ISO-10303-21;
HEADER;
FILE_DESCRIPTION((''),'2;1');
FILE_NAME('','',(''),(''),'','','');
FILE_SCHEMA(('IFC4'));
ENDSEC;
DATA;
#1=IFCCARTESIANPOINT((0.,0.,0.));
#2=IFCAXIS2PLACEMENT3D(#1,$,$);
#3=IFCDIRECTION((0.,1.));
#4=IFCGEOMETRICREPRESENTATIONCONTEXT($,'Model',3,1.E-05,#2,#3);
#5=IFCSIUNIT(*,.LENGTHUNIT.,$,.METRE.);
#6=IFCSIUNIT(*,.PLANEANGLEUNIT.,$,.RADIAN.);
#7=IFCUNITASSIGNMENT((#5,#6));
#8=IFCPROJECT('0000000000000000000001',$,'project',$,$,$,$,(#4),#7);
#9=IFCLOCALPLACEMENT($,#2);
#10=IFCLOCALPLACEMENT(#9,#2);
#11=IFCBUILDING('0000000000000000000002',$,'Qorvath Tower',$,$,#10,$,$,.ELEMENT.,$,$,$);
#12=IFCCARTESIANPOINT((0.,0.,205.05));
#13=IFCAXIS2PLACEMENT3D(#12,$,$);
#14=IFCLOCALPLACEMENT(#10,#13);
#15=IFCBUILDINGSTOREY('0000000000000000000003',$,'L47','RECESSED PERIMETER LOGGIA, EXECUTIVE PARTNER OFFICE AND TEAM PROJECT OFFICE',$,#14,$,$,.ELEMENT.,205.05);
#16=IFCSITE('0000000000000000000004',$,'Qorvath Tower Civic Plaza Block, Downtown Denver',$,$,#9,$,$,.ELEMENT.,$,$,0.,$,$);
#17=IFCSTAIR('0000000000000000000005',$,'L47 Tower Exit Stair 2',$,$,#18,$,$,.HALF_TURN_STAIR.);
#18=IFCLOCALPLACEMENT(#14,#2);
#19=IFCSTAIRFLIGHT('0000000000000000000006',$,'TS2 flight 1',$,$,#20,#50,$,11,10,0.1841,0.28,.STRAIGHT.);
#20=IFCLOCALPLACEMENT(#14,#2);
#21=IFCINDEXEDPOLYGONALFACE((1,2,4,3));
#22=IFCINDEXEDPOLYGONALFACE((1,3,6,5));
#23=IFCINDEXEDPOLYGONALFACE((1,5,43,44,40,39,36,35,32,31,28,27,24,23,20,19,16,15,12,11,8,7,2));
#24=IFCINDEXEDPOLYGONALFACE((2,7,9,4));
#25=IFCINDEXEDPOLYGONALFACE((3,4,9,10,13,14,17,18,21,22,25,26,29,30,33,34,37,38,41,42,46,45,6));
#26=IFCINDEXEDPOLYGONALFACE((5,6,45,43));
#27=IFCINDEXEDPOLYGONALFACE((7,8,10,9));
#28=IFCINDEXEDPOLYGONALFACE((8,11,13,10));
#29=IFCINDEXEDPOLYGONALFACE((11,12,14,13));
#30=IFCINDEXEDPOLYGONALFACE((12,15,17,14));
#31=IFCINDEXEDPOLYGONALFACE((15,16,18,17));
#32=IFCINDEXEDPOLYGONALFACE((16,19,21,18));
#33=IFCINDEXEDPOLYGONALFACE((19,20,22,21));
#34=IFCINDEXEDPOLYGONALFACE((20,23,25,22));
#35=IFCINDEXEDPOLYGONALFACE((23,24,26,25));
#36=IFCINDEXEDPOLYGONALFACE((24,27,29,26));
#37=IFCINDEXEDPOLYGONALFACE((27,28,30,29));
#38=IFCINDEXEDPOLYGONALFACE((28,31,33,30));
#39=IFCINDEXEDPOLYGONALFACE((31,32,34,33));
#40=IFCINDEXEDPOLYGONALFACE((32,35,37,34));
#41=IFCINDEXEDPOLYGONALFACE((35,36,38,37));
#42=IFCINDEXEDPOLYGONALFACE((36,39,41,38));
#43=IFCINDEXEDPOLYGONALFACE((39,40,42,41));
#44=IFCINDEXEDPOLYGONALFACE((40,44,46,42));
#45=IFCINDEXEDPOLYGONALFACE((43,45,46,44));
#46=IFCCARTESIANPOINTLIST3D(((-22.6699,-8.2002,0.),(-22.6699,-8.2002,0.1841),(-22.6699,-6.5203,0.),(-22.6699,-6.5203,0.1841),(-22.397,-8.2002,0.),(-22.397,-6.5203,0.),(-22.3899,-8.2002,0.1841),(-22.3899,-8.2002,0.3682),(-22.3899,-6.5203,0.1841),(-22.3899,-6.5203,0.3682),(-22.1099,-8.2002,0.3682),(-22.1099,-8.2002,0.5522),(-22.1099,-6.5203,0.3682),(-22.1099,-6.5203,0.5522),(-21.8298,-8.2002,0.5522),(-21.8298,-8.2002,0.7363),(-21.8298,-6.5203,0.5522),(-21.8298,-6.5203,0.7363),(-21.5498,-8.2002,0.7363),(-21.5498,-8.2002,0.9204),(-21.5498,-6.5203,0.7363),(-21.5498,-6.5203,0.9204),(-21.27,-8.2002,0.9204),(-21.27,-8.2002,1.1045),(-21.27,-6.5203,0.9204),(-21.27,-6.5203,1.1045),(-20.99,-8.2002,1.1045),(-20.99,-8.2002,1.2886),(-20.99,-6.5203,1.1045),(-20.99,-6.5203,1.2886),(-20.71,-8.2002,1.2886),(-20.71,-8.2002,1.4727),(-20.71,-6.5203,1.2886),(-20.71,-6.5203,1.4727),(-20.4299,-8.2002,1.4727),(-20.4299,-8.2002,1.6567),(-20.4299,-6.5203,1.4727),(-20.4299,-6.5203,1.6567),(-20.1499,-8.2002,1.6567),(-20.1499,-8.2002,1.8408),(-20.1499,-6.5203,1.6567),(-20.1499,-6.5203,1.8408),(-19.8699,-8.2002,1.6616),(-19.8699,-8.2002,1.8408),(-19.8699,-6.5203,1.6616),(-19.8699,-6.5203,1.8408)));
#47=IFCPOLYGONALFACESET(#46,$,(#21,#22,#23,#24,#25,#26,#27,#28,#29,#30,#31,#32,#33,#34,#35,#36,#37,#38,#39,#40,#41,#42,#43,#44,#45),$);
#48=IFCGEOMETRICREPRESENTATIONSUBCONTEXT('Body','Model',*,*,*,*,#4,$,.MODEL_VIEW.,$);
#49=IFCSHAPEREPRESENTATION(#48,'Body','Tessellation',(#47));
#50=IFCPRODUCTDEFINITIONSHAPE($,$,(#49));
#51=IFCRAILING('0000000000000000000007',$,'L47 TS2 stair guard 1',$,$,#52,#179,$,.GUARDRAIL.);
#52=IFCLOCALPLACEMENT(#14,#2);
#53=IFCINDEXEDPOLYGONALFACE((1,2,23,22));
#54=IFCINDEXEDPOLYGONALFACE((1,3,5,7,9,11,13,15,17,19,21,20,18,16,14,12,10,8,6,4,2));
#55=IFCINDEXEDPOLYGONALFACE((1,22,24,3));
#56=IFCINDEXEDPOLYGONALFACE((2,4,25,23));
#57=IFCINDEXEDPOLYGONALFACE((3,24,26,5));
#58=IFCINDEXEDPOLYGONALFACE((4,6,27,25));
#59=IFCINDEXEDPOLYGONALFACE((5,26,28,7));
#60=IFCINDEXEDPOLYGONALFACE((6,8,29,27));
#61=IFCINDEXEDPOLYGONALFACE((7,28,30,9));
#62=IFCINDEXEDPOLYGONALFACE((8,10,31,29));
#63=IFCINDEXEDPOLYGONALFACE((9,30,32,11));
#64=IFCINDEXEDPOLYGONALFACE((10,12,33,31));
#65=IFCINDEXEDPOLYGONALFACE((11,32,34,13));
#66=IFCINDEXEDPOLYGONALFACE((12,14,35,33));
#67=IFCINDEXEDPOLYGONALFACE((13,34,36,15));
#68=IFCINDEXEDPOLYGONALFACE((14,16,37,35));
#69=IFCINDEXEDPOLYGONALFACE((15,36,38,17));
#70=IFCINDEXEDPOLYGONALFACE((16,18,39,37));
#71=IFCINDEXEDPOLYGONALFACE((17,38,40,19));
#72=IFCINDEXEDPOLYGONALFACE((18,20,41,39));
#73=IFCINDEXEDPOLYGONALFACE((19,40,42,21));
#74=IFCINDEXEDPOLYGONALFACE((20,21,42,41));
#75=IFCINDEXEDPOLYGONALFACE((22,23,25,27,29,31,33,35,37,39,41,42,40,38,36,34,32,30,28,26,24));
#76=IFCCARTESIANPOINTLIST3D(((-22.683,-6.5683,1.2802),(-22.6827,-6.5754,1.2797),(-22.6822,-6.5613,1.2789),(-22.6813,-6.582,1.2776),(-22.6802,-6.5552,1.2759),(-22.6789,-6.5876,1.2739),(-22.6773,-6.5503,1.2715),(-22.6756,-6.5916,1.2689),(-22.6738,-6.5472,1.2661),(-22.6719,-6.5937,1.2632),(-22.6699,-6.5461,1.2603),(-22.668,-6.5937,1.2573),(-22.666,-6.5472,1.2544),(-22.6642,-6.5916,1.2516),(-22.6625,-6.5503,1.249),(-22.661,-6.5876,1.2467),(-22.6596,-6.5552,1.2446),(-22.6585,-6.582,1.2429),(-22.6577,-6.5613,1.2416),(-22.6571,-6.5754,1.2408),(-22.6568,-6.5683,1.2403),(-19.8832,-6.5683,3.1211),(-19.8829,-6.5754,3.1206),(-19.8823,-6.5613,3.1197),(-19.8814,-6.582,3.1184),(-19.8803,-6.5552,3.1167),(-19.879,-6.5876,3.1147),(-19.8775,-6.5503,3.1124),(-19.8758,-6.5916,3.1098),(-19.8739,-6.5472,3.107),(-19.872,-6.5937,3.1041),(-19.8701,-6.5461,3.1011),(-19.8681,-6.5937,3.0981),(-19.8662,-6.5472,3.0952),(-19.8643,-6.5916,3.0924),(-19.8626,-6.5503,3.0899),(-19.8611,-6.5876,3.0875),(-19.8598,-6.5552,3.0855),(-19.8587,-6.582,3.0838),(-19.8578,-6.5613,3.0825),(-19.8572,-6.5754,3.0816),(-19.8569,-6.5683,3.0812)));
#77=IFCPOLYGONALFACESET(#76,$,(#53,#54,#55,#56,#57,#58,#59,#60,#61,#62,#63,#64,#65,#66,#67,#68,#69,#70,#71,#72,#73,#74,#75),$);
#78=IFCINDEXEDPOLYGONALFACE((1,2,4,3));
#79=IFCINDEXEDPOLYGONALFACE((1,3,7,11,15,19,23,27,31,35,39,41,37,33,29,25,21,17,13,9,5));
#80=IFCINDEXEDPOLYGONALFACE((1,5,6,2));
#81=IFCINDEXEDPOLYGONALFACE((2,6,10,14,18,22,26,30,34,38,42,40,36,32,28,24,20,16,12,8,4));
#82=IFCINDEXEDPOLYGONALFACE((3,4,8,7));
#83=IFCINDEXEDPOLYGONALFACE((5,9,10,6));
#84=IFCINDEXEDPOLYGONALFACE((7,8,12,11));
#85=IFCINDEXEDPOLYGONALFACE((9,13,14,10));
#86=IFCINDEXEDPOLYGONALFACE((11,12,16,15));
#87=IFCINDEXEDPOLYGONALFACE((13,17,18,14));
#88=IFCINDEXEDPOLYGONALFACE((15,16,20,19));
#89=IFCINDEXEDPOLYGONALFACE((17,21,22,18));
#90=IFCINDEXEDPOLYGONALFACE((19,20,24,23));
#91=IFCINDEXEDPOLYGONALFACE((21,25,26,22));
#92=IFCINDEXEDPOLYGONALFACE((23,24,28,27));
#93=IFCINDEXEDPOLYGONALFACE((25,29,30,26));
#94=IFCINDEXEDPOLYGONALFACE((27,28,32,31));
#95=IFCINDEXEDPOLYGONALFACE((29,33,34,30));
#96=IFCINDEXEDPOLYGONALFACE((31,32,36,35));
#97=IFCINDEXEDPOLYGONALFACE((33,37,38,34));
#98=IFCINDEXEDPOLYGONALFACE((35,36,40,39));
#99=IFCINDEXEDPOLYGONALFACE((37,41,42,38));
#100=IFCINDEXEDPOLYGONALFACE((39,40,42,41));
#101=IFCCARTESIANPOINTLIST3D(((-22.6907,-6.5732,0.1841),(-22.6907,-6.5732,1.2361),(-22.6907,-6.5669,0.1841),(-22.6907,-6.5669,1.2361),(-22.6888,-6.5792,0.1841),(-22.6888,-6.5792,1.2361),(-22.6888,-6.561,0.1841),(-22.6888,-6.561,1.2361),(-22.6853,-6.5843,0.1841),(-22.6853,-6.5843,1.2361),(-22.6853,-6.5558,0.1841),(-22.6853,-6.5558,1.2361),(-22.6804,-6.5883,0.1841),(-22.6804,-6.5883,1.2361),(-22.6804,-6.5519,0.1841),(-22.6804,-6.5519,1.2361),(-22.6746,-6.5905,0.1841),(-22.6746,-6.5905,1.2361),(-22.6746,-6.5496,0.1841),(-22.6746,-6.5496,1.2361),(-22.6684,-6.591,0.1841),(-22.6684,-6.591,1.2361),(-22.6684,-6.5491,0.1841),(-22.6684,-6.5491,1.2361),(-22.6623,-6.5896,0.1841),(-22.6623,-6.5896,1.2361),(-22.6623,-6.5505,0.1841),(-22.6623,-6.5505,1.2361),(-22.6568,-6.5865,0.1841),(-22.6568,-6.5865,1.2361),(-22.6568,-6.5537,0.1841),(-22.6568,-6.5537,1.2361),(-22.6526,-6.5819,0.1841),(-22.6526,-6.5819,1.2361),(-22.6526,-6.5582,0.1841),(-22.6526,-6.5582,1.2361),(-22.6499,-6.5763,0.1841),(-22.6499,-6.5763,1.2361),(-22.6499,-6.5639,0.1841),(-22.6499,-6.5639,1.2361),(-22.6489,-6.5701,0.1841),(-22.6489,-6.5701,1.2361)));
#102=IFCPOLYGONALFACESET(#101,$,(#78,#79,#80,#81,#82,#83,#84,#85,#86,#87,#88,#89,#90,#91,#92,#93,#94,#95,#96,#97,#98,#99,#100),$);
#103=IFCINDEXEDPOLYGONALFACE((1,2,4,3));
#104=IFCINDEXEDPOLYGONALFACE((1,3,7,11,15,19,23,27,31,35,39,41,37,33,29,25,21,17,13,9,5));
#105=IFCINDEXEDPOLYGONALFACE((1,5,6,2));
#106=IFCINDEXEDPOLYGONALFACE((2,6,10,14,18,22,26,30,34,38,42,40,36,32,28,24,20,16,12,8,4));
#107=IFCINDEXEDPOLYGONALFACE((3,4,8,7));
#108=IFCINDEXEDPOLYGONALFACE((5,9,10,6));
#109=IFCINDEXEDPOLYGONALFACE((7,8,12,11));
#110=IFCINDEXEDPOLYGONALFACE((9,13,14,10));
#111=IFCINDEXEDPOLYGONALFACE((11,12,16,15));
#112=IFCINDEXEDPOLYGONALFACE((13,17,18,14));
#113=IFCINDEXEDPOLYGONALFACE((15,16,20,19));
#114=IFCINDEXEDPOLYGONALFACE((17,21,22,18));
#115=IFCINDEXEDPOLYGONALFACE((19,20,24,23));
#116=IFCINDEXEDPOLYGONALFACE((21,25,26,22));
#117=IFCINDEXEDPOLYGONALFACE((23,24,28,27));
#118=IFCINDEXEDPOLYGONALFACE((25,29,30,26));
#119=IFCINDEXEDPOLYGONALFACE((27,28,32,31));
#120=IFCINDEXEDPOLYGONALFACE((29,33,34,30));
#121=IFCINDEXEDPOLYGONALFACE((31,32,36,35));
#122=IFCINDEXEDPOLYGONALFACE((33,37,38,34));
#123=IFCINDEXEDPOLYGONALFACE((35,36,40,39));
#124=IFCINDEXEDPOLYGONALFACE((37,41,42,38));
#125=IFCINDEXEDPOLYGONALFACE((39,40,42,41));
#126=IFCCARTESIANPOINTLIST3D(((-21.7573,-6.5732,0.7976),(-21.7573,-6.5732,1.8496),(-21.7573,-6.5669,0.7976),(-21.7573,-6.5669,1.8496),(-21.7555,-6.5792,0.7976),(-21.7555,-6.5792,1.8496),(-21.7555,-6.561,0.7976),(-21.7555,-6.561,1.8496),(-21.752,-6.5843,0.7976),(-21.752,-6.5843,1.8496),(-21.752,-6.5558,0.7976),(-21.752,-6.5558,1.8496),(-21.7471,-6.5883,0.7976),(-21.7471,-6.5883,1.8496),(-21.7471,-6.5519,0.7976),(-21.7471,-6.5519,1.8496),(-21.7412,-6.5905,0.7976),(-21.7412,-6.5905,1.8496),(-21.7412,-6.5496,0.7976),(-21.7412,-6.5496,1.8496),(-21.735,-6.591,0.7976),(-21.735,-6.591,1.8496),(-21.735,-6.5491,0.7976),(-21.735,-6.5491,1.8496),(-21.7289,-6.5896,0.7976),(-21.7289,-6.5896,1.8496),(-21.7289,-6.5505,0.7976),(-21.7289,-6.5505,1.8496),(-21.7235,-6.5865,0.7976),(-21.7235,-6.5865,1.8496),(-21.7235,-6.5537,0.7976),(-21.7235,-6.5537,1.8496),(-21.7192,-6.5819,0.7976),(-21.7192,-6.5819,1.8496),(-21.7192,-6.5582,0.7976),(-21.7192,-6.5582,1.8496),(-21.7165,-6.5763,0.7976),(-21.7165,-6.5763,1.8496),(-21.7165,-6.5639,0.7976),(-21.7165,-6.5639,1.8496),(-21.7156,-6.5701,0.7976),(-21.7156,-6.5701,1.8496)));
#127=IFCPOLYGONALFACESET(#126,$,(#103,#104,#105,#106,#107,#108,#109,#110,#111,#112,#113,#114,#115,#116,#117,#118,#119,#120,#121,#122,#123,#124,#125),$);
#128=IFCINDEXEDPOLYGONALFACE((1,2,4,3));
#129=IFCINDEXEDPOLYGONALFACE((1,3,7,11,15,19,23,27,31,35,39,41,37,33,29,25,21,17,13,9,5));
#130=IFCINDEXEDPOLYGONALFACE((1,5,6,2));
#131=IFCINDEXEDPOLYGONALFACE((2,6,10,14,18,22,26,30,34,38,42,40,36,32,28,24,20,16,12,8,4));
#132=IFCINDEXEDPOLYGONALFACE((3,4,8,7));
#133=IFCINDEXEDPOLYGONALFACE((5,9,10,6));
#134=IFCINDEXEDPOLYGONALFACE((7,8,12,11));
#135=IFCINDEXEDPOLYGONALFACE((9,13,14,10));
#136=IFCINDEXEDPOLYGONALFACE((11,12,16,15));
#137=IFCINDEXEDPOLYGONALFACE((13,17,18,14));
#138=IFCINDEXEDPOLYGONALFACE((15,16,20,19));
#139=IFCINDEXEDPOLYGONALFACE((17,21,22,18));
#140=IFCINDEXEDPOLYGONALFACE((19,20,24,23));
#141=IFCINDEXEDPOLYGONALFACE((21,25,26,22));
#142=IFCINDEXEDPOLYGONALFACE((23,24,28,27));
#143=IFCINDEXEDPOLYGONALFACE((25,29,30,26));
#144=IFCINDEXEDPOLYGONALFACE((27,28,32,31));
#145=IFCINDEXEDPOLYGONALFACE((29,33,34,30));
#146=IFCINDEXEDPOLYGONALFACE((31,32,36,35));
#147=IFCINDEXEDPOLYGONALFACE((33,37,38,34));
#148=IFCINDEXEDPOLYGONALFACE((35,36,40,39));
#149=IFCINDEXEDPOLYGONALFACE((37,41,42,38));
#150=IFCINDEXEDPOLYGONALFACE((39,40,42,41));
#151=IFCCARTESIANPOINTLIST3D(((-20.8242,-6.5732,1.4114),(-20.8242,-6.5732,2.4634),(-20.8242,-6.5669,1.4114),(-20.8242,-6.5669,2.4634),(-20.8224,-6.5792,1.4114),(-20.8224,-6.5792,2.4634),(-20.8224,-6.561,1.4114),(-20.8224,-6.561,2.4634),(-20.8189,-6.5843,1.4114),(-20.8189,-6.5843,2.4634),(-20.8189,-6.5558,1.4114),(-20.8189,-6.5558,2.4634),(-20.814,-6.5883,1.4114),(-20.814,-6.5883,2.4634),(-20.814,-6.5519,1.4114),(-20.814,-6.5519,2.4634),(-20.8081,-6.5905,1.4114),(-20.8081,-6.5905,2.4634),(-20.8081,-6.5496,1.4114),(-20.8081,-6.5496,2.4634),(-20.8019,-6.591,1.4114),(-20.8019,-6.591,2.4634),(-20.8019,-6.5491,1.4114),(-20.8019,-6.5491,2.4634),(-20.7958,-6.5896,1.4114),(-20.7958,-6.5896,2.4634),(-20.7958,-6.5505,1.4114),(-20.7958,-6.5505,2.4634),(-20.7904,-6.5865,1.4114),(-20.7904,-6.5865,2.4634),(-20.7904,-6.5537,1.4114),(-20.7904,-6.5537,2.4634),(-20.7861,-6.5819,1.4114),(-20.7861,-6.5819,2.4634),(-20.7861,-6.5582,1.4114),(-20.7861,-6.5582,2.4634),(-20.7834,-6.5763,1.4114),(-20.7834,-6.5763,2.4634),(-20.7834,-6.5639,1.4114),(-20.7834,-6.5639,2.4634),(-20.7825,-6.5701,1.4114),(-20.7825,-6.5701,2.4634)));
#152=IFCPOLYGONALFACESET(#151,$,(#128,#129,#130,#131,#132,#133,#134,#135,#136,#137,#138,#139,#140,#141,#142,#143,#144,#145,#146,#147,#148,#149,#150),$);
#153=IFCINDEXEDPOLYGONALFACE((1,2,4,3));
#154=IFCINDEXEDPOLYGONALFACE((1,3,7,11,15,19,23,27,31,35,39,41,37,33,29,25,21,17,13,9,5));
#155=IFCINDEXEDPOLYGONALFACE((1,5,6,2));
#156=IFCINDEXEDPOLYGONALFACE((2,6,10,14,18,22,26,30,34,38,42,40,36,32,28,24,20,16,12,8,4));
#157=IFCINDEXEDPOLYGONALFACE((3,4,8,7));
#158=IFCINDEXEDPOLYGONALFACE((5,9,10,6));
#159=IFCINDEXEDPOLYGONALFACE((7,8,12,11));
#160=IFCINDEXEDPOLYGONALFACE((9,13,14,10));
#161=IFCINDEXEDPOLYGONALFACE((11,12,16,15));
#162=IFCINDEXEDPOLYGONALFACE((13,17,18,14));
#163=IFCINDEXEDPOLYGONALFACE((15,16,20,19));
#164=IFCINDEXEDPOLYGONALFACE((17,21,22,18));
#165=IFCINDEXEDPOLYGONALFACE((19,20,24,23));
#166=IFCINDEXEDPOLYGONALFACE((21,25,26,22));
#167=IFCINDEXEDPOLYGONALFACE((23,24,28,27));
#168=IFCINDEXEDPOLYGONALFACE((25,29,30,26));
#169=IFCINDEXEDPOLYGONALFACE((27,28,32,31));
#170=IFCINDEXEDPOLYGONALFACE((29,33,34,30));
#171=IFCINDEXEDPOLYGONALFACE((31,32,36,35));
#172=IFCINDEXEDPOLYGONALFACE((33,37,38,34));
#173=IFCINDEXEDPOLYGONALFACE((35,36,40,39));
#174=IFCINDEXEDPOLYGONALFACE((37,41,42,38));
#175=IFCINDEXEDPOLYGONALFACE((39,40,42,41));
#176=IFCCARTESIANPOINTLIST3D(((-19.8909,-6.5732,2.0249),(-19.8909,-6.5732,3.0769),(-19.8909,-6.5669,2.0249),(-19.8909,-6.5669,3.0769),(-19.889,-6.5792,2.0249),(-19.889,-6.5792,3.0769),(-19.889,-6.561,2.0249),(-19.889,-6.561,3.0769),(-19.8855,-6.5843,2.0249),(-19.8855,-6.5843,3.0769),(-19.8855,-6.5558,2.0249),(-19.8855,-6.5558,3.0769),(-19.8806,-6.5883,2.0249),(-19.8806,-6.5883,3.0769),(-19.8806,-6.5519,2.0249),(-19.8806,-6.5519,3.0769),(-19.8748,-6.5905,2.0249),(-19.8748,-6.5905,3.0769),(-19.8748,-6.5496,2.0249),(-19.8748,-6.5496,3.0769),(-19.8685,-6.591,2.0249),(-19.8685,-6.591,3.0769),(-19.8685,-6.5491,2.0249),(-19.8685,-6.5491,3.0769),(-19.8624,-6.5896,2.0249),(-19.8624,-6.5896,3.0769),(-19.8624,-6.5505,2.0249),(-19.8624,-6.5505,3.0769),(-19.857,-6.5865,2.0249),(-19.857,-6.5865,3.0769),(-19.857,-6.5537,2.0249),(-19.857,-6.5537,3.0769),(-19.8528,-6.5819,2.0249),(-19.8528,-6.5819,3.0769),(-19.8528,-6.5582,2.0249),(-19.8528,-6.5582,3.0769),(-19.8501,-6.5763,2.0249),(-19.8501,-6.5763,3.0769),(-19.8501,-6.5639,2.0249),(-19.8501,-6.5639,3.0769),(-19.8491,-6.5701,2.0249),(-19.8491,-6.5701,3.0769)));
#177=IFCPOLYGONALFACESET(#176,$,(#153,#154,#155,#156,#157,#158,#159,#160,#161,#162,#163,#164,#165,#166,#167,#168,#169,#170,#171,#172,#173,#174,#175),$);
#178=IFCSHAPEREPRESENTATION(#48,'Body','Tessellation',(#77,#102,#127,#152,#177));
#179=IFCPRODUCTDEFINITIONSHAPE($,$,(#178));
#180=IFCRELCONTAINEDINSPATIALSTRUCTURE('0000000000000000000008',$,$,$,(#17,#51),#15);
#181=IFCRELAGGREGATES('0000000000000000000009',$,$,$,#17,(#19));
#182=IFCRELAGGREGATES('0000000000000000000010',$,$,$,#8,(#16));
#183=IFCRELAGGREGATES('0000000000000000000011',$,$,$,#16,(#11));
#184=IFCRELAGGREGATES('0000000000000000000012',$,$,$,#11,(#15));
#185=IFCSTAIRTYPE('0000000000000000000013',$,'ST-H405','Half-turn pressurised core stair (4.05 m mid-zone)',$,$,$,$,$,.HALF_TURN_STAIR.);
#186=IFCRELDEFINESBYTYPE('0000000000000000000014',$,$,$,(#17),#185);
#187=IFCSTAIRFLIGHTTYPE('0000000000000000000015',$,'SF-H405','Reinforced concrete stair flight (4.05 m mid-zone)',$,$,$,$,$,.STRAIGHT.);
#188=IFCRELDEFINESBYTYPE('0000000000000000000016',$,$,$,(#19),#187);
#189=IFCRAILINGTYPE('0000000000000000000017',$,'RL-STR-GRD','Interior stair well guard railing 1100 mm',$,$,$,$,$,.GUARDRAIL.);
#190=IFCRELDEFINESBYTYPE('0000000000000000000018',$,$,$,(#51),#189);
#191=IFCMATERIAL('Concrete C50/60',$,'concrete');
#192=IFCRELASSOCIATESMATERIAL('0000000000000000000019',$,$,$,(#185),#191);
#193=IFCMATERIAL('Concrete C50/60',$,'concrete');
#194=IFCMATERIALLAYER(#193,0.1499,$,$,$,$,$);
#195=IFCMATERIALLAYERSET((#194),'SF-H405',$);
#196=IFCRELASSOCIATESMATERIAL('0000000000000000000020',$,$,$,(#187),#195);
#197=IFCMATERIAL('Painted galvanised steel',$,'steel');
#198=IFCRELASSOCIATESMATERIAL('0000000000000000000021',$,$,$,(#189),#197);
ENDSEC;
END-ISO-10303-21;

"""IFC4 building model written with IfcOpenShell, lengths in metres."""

from ifc_helpers import new_model, si_unit, direction, frame, origin, origin_2d, place, context, subcontext, project, spatial, polyline, circle, outline, extrude, material, layer, layer_set, type_object, element, aggregate, save


model = new_model("IFC4")

# Units and contexts
model_context = context("Model", 3, precision=1e-05, world=origin(), true_north=direction((0.0, 1.0)))
body_context = subcontext(model_context, "Body", "Model", "MODEL_VIEW")
ifc_project = project(units=[si_unit("LENGTHUNIT", "METRE"), si_unit("PLANEANGLEUNIT", "RADIAN")], contexts=[model_context])

# Site, building, storey
site_placement = place(None, origin())
site = spatial("IfcSite", under=ifc_project, at=site_placement, Name="Qorvath Tower Civic Plaza Block, Downtown Denver", CompositionType="ELEMENT", RefElevation=0.0)
building_placement = place(site_placement, origin())
building = spatial("IfcBuilding", under=site, at=building_placement, Name="Qorvath Tower", CompositionType="ELEMENT")
storey_placement = place(building_placement, frame((0.0, 0.0, 205.05)))
storey = spatial("IfcBuildingStorey", under=building, at=storey_placement, Name="L47", Description="RECESSED PERIMETER LOGGIA, EXECUTIVE PARTNER OFFICE AND TEAM PROJECT OFFICE", CompositionType="ELEMENT", Elevation=205.05)

# Stair, stair flight
ifc_material_1 = material(Name="Concrete C50/60", Category="concrete")
stair_type = type_object("IfcStairType", Name="ST-H405", Description="Half-turn pressurised core stair (4.05 m mid-zone)", PredefinedType="HALF_TURN_STAIR", material=ifc_material_1)
stair_placement = place(storey_placement, origin())
stair = element("IfcStair", 1, at=stair_placement, inside=storey, type_object=stair_type, Name="L47 Tower Exit Stair 2", PredefinedType="HALF_TURN_STAIR")
ifc_material_2 = material(Name="Concrete C50/60", Category="concrete")
ifc_layer_1 = layer(ifc_material_2, 0.1499)
ifc_layer_set_1 = layer_set([ifc_layer_1], Name="SF-H405")
stair_flight_type = type_object("IfcStairFlightType", Name="SF-H405", Description="Reinforced concrete stair flight (4.05 m mid-zone)", PredefinedType="STRAIGHT", material=ifc_layer_set_1)
stair_flight_placement = place(storey_placement, frame((-22.6699, -7.3601, 0.0), z_axis=(0.0, 0.0, 1.0), x_axis=(1.0, 0.0, 0.0)))
stair_flight = element("IfcStairFlight", 2, at=stair_flight_placement, type_object=stair_flight_type, Name="TS2 flight 1", NumberOfRisers=11, NumberOfTreads=10, PredefinedType="STRAIGHT", RiserHeight=0.1841, TreadLength=0.28, context=body_context, shape_type="SweptSolid", body=[
    extrude(outline(polyline([(0.0, 0.0), (0.0, 0.1841), (0.28, 0.1841), (0.28, 0.3682), (0.5601, 0.3682), (0.5601, 0.5522), (0.8401, 0.5522), (0.8401, 0.7363), (1.1201, 0.7363), (1.1201, 0.9204), (1.3999, 0.9204), (1.3999, 1.1045), (1.6799, 1.1045), (1.6799, 1.2886), (1.96, 1.2886), (1.96, 1.4727), (2.24, 1.4727), (2.24, 1.6567), (2.52, 1.6567), (2.52, 1.8408), (2.8, 1.8408), (2.8, 2.0249), (2.8, 1.6616), (0.2729, 0.0), (0.0, 0.0)])), frame((0.0, 0.8398, 0.0), z_axis=(0.0, -1.0, 0.0), x_axis=(1.0, 0.0, 0.0)), (0.0, 0.0, 1.0), 1.6799),
])
aggregate(stair, [stair_flight])

# Railing
ifc_material_3 = material(Name="Painted galvanised steel", Category="steel")
railing_type = type_object("IfcRailingType", Name="RL-STR-GRD", Description="Interior stair well guard railing 1100 mm", PredefinedType="GUARDRAIL", material=ifc_material_3)
railing_1_placement = place(storey_placement, frame((-22.6699, -6.5701, 0.1841)))
element("IfcRailing", 3, at=railing_1_placement, inside=storey, type_object=railing_type, Name="L47 TS2 stair guard 1", PredefinedType="GUARDRAIL", context=body_context, shape_type="SweptSolid", body=[
    extrude(circle(Radius=0.0239, at=origin_2d()), frame((0.0, 0.0, 1.0762), z_axis=(0.835576, 0.0, 0.549376), x_axis=(0.0, 1.0, 0.0)), (0.0, 0.0, 1.0), 3.3508),
    extrude(circle(Radius=0.021, at=origin_2d()), origin(), (0.0, 0.0, 1.0), 1.052),
    extrude(circle(Radius=0.021, at=origin_2d()), frame((0.9333, 0.0, 0.6135)), (0.0, 0.0, 1.0), 1.052),
    extrude(circle(Radius=0.021, at=origin_2d()), frame((1.8665, 0.0, 1.2273)), (0.0, 0.0, 1.0), 1.052),
    extrude(circle(Radius=0.021, at=origin_2d()), frame((2.7998, 0.0, 1.8408)), (0.0, 0.0, 1.0), 1.052),
])

save(model, "model.ifc")
